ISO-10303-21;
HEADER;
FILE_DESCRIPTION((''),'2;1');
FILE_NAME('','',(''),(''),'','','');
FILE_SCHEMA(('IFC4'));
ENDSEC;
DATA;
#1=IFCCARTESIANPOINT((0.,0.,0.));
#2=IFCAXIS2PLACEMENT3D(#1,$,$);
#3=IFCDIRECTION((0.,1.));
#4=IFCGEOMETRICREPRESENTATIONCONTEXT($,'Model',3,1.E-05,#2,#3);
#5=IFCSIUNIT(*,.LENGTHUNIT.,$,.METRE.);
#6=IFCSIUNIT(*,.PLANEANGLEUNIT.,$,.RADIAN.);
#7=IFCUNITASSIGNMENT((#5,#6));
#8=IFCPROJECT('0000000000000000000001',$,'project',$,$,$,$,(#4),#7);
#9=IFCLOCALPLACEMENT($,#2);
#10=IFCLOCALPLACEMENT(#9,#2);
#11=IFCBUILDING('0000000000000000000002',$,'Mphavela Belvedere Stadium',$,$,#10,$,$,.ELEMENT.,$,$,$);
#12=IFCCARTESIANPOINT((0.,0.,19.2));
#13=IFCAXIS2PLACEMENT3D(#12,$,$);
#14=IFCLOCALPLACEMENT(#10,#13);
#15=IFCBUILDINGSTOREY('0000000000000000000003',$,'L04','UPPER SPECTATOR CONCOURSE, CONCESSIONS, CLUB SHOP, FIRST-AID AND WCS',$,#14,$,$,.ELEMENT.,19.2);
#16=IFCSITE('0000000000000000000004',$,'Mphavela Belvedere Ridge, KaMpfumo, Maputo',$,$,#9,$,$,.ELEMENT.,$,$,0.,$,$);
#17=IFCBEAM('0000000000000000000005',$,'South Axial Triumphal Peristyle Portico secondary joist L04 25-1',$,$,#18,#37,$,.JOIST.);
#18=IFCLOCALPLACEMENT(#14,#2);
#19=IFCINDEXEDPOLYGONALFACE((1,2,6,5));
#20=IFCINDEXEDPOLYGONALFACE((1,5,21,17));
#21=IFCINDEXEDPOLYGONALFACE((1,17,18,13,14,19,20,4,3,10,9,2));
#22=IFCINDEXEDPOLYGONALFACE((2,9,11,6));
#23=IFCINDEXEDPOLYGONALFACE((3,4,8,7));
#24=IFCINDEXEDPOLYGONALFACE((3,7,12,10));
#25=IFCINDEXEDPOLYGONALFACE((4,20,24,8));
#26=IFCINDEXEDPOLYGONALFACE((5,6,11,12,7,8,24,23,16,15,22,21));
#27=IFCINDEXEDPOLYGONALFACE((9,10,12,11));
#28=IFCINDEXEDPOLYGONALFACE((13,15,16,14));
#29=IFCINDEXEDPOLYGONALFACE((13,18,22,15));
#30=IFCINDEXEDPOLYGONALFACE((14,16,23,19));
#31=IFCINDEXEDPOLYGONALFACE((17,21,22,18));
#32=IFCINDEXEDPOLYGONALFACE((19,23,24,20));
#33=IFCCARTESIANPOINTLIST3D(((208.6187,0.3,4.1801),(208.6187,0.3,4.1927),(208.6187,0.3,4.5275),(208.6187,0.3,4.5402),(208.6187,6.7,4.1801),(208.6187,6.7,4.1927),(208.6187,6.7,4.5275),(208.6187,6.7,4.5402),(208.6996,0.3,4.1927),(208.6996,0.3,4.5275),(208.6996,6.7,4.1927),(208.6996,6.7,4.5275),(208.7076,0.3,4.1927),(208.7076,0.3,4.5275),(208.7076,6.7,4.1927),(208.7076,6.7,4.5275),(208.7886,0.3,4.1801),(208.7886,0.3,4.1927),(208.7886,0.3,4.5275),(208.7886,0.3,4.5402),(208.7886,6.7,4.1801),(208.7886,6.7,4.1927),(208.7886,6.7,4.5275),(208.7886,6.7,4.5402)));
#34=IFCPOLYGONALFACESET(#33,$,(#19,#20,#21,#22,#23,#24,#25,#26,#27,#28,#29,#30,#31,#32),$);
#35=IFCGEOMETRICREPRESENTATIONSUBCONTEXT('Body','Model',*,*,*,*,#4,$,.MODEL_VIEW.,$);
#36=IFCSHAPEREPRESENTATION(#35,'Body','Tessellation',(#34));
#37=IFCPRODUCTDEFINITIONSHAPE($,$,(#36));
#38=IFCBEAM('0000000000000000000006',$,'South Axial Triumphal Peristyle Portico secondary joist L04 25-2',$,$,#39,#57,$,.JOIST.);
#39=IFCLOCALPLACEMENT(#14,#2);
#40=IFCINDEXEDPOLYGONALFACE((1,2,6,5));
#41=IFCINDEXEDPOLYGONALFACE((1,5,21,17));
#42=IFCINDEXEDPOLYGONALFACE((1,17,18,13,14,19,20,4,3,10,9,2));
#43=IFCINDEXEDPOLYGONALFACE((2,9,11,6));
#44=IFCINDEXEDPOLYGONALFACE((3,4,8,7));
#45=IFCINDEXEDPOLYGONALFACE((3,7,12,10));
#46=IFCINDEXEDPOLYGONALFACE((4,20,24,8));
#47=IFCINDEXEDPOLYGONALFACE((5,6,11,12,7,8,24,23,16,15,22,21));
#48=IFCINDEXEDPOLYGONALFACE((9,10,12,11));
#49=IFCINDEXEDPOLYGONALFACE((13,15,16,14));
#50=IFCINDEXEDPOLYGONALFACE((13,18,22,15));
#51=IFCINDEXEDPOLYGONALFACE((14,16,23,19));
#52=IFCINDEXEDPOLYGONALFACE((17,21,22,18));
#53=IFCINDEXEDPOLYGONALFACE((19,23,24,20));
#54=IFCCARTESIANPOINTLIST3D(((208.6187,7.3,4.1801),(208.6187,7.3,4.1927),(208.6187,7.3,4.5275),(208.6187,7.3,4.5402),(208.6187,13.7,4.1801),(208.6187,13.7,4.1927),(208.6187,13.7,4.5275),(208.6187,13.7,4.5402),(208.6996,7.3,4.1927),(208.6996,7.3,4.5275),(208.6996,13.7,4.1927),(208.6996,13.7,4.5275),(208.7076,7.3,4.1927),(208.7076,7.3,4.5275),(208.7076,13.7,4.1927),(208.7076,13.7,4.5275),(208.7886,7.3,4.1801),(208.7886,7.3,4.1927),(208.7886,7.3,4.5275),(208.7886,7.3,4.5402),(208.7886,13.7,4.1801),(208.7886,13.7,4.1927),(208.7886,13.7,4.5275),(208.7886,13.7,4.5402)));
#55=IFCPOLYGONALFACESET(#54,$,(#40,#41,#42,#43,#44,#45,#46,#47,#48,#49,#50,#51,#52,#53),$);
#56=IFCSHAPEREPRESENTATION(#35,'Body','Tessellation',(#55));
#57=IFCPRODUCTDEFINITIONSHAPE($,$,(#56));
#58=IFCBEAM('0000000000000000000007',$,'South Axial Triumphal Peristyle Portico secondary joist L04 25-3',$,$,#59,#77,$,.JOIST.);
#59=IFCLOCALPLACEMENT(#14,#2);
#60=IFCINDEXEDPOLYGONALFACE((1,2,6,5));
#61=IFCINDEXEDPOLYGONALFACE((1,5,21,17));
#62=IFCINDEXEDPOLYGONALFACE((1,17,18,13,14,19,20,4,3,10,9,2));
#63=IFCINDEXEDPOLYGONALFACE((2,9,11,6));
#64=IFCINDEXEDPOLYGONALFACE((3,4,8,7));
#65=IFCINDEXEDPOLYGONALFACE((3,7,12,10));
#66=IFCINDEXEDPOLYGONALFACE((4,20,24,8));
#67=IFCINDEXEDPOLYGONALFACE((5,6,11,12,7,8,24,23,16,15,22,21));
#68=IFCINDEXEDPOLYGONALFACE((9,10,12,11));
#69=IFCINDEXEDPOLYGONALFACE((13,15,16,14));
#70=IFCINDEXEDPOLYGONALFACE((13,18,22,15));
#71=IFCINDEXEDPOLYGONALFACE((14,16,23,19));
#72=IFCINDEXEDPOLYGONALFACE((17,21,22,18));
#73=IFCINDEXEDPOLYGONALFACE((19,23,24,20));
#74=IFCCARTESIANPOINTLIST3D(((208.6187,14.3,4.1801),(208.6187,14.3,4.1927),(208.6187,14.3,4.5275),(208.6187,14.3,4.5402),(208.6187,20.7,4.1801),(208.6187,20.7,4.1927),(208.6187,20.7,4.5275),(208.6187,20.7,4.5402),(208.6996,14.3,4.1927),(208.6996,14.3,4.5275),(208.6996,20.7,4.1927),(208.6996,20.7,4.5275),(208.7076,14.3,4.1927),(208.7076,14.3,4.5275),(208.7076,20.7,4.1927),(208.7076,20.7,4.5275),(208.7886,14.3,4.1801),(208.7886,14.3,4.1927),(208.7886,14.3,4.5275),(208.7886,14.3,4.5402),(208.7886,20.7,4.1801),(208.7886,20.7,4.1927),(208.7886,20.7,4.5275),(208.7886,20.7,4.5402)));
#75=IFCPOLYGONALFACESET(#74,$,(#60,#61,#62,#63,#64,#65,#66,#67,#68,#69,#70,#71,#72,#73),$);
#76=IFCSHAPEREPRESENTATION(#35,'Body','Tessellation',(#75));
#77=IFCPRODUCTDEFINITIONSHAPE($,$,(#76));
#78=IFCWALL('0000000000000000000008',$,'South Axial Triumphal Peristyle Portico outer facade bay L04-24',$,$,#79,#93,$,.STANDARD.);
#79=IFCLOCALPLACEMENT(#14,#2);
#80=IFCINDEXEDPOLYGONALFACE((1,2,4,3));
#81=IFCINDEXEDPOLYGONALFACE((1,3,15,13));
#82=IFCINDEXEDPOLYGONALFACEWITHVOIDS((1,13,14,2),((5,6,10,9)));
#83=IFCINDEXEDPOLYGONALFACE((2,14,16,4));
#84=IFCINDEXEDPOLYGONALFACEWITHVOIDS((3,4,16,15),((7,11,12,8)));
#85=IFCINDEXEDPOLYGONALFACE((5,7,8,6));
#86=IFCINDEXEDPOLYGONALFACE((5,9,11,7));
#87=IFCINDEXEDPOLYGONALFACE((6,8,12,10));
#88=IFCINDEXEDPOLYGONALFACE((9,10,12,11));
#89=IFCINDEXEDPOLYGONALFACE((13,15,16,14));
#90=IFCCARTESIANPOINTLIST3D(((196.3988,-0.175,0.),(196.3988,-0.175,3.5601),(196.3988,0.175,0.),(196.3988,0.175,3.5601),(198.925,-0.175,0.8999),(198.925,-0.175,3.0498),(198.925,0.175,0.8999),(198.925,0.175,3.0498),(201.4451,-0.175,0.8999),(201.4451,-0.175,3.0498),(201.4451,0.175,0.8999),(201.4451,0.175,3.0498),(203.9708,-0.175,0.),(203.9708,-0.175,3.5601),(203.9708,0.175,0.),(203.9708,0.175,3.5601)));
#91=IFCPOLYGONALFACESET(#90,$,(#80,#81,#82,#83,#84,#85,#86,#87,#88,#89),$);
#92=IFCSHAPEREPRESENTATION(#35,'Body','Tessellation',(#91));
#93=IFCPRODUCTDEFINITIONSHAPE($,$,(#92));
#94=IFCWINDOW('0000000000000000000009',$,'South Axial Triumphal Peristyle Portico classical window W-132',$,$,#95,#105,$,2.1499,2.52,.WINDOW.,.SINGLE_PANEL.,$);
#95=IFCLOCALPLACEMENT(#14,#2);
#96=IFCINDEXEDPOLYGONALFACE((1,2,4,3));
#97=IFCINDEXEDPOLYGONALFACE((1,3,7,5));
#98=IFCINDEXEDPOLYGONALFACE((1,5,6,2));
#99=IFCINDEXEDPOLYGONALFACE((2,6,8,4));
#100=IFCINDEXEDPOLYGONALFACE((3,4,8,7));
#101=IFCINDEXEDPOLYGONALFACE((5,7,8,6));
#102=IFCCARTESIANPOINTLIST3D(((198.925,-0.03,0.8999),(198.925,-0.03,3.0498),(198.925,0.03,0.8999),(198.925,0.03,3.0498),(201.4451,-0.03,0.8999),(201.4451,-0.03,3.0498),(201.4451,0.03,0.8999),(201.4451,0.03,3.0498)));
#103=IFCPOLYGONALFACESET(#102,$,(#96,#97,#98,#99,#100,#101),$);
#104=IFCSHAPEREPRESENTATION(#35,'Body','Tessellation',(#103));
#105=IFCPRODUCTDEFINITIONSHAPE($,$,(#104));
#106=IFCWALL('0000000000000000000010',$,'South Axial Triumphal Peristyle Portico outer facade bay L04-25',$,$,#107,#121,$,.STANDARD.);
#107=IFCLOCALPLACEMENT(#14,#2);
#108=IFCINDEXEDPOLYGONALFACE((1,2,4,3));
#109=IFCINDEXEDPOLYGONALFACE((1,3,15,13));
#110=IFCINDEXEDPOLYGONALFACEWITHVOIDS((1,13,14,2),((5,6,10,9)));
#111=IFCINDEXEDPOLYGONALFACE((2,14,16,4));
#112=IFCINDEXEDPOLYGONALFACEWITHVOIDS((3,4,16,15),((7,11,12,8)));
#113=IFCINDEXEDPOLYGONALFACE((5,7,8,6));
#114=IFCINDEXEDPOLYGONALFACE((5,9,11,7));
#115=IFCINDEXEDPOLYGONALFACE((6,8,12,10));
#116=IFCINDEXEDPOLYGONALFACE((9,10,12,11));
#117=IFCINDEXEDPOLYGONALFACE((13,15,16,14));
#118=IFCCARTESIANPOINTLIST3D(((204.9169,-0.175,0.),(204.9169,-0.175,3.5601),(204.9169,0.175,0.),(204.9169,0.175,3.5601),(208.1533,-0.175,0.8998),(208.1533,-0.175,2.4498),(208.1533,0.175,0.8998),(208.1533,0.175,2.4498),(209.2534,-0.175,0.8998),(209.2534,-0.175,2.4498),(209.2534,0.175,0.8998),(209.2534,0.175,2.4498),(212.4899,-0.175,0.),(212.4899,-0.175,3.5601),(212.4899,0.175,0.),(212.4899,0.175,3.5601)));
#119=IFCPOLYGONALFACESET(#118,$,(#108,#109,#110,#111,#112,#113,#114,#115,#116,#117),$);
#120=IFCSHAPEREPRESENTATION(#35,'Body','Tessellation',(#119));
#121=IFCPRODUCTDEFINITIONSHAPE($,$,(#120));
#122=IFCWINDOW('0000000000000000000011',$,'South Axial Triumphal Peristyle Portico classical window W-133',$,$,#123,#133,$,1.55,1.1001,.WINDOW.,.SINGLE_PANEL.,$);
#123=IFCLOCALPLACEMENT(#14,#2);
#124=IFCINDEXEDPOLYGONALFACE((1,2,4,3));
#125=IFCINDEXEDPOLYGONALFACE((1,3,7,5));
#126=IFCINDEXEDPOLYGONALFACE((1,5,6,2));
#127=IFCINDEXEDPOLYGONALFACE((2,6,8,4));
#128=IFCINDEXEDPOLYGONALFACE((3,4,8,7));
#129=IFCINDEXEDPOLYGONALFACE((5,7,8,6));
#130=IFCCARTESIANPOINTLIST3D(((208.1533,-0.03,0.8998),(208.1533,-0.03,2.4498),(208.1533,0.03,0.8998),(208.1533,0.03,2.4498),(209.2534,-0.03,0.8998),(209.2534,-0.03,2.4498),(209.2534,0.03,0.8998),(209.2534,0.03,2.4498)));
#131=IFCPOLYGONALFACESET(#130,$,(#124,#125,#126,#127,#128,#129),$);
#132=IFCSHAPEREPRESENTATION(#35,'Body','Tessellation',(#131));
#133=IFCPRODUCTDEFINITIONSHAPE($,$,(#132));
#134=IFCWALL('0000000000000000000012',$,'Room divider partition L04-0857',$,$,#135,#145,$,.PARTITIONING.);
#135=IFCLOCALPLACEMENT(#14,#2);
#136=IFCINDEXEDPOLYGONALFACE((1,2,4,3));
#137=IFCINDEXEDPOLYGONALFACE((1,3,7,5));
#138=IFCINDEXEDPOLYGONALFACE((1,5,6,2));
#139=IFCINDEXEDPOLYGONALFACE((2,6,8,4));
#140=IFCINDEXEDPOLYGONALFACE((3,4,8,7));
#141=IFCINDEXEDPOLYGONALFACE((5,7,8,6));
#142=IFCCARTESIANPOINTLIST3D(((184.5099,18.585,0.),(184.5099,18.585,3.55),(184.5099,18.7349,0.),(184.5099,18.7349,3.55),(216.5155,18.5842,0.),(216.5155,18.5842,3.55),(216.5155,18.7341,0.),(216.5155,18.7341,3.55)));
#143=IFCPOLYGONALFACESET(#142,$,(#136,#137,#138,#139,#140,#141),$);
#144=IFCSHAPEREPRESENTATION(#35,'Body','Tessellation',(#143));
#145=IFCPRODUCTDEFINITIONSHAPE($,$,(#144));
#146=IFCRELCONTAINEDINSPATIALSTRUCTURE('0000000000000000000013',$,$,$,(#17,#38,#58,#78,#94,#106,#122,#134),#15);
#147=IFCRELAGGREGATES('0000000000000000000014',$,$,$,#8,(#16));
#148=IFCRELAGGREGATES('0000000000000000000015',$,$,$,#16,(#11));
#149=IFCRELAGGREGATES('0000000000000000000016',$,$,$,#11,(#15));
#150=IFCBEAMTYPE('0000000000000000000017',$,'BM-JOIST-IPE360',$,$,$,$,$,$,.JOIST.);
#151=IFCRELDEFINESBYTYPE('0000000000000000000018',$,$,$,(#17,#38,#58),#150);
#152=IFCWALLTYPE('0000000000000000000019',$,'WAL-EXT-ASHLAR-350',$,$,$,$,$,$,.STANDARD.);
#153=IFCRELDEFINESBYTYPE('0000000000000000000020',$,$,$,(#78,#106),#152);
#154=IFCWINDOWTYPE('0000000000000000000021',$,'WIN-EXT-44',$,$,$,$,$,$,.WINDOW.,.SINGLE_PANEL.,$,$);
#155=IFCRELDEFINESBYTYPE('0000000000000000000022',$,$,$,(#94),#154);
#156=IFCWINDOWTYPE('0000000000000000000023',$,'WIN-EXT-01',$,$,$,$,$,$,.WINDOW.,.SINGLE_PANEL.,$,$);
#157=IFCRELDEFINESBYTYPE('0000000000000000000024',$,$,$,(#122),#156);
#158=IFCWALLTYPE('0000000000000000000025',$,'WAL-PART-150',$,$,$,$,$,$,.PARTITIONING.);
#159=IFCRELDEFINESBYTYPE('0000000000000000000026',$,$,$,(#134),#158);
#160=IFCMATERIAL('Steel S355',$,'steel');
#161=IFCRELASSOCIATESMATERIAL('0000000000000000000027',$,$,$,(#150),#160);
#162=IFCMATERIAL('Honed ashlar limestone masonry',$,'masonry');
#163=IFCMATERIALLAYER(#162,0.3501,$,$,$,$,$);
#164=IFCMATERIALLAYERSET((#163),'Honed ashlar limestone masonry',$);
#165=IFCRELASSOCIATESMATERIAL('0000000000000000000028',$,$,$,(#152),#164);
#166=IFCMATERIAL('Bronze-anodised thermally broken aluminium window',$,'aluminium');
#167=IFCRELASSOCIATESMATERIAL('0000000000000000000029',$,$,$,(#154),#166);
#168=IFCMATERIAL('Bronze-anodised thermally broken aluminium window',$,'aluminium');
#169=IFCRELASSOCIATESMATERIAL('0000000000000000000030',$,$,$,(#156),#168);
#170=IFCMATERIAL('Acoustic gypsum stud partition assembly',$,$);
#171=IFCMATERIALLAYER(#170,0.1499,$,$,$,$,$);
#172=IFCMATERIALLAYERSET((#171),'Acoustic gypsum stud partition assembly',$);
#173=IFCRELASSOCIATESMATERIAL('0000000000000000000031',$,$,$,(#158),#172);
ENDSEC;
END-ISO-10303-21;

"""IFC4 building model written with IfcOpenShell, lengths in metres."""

from ifc_helpers import new_model, si_unit, direction, frame, frame_2d, origin, origin_2d, place, context, subcontext, project, spatial, rectangle, i_section, extrude, material, layer, layer_set, material_profile, profile_set, type_object, element, fill, save


model = new_model("IFC4")

# Units and contexts
model_context = context("Model", 3, precision=1e-05, world=origin(), true_north=direction((0.0, 1.0)))
body_context = subcontext(model_context, "Body", "Model", "MODEL_VIEW")
ifc_project = project(units=[si_unit("LENGTHUNIT", "METRE"), si_unit("PLANEANGLEUNIT", "RADIAN")], contexts=[model_context])

# Site, building, storey
site_placement = place(None, origin())
site = spatial("IfcSite", under=ifc_project, at=site_placement, Name="Mphavela Belvedere Ridge, KaMpfumo, Maputo", CompositionType="ELEMENT", RefElevation=0.0)
building_placement = place(site_placement, origin())
building = spatial("IfcBuilding", under=site, at=building_placement, Name="Mphavela Belvedere Stadium", CompositionType="ELEMENT")
storey_placement = place(building_placement, frame((0.0, 0.0, 19.2)))
storey = spatial("IfcBuildingStorey", under=building, at=storey_placement, Name="L04", Description="UPPER SPECTATOR CONCOURSE, CONCESSIONS, CLUB SHOP, FIRST-AID AND WCS", CompositionType="ELEMENT", Elevation=19.2)

# Beams
ifc_material_1 = material(Name="Steel S355", Category="steel")
ifc_material_profile_1 = material_profile(ifc_material_1, i_section(OverallWidth=0.1699, OverallDepth=0.3601, WebThickness=0.0081, FlangeThickness=0.0127, at=origin_2d()), Name="IPE 360")
ifc_profile_set_1 = profile_set([ifc_material_profile_1], Name="Steel S355")
beam_type_1 = type_object("IfcBeamType", Name="BM-JOIST-IPE360", PredefinedType="JOIST", material=ifc_profile_set_1)
for number, where, z_axis, x_axis, name in (
    (1, (208.7036, 0.3, 4.3601), (0.0, 1.0, 0.0), (-1.0, 0.0, 0.0), "South Axial Triumphal Peristyle Portico secondary joist L04 25-1"),
    (2, (208.7036, 7.3, 4.3601), (0.0, 1.0, 0.0), (-1.0, 0.0, 0.0), "South Axial Triumphal Peristyle Portico secondary joist L04 25-2"),
    (3, (208.7036, 14.3, 4.3601), (0.0, 1.0, 0.0), (-1.0, 0.0, 0.0), "South Axial Triumphal Peristyle Portico secondary joist L04 25-3"),
):
    element("IfcBeam", number, at=place(storey_placement, frame(where, z_axis=z_axis, x_axis=x_axis)), inside=storey, type_object=beam_type_1, Name=name, PredefinedType="JOIST", context=body_context, shape_type="SweptSolid", body=[
        extrude(i_section(OverallWidth=0.1699, OverallDepth=0.3601, WebThickness=0.0081, FlangeThickness=0.0127, at=origin_2d()), origin(), (0.0, 0.0, 1.0), 6.3999),
    ])

# Walls, openings, windows
ifc_material_2 = material(Name="Honed ashlar limestone masonry", Category="masonry")
ifc_layer_1 = layer(ifc_material_2, 0.3501)
ifc_layer_set_1 = layer_set([ifc_layer_1], Name="Honed ashlar limestone masonry")
wall_type_1 = type_object("IfcWallType", Name="WAL-EXT-ASHLAR-350", PredefinedType="STANDARD", material=ifc_layer_set_1)
wall_1_placement = place(storey_placement, frame((203.9709, 0.0, 0.0), z_axis=(0.0, 0.0, 1.0), x_axis=(-1.0, 0.0, 0.0)))
wall_1 = element("IfcWall", 4, at=wall_1_placement, inside=storey, type_object=wall_type_1, Name="South Axial Triumphal Peristyle Portico outer facade bay L04-24", PredefinedType="STANDARD", context=body_context, shape_type="SweptSolid", body=[
    extrude(rectangle(XDim=7.572, YDim=0.3501, at=frame_2d((3.7861, 0.0))), origin(), (0.0, 0.0, 1.0), 3.5601),
])
opening_1_placement = place(wall_1_placement, frame((2.5259, 0.0, 0.8999)))
opening_1 = element("IfcOpeningElement", 5, at=opening_1_placement, cuts=wall_1, PredefinedType="OPENING", context=body_context, shape_type="SweptSolid", body=[
    extrude(rectangle(XDim=2.52, YDim=2.1499, at=frame_2d((1.26, 1.075))), frame((0.0, 0.1851, 0.0), z_axis=(0.0, -1.0, 0.0), x_axis=(1.0, 0.0, 0.0)), (0.0, 0.0, 1.0), 0.3701),
])
ifc_material_3 = material(Name="Bronze-anodised thermally broken aluminium window", Category="aluminium")
window_type_1 = type_object("IfcWindowType", Name="WIN-EXT-44", PartitioningType="SINGLE_PANEL", PredefinedType="WINDOW", material=ifc_material_3)
window_1_placement = place(opening_1_placement, origin())
window_1 = element("IfcWindow", 6, at=window_1_placement, inside=storey, type_object=window_type_1, Name="South Axial Triumphal Peristyle Portico classical window W-132", OverallHeight=2.1499, OverallWidth=2.52, PartitioningType="SINGLE_PANEL", PredefinedType="WINDOW", context=body_context, shape_type="SweptSolid", body=[
    extrude(rectangle(XDim=2.52, YDim=2.1499, at=frame_2d((1.26, 1.075))), frame((0.0, 0.03, 0.0), z_axis=(0.0, -1.0, 0.0), x_axis=(1.0, 0.0, 0.0)), (0.0, 0.0, 1.0), 0.0601),
])
fill(opening_1, window_1)
wall_2_placement = place(storey_placement, frame((212.49, 0.0, 0.0), z_axis=(0.0, 0.0, 1.0), x_axis=(-1.0, 0.0, 0.0)))
wall_2 = element("IfcWall", 7, at=wall_2_placement, inside=storey, type_object=wall_type_1, Name="South Axial Triumphal Peristyle Portico outer facade bay L04-25", PredefinedType="STANDARD", context=body_context, shape_type="SweptSolid", body=[
    extrude(rectangle(XDim=7.573, YDim=0.3501, at=frame_2d((3.7866, 0.0))), origin(), (0.0, 0.0, 1.0), 3.5601),
])
opening_2_placement = place(wall_2_placement, frame((3.2366, 0.0, 0.8999)))
opening_2 = element("IfcOpeningElement", 8, at=opening_2_placement, cuts=wall_2, PredefinedType="OPENING", context=body_context, shape_type="SweptSolid", body=[
    extrude(rectangle(XDim=1.1001, YDim=1.55, at=frame_2d((0.55, 0.7749))), frame((0.0, 0.1851, 0.0), z_axis=(0.0, -1.0, 0.0), x_axis=(1.0, 0.0, 0.0)), (0.0, 0.0, 1.0), 0.3701),
])
ifc_material_4 = material(Name="Bronze-anodised thermally broken aluminium window", Category="aluminium")
window_type_2 = type_object("IfcWindowType", Name="WIN-EXT-01", PartitioningType="SINGLE_PANEL", PredefinedType="WINDOW", material=ifc_material_4)
window_2_placement = place(opening_2_placement, origin())
window_2 = element("IfcWindow", 9, at=window_2_placement, inside=storey, type_object=window_type_2, Name="South Axial Triumphal Peristyle Portico classical window W-133", OverallHeight=1.55, OverallWidth=1.1001, PartitioningType="SINGLE_PANEL", PredefinedType="WINDOW", context=body_context, shape_type="SweptSolid", body=[
    extrude(rectangle(XDim=1.1001, YDim=1.55, at=frame_2d((0.55, 0.7749))), frame((0.0, 0.03, 0.0), z_axis=(0.0, -1.0, 0.0), x_axis=(1.0, 0.0, 0.0)), (0.0, 0.0, 1.0), 0.0601),
])
fill(opening_2, window_2)

# Wall
ifc_material_5 = material(Name="Acoustic gypsum stud partition assembly")
ifc_layer_2 = layer(ifc_material_5, 0.1499)
ifc_layer_set_2 = layer_set([ifc_layer_2], Name="Acoustic gypsum stud partition assembly")
wall_type_2 = type_object("IfcWallType", Name="WAL-PART-150", PredefinedType="PARTITIONING", material=ifc_layer_set_2)
wall_3_placement = place(storey_placement, frame((216.5156, 18.6592, 0.0), z_axis=(0.0, 0.0, 1.0), x_axis=(-1.0, 0.000023, 0.0)))
element("IfcWall", 10, at=wall_3_placement, inside=storey, type_object=wall_type_2, Name="Room divider partition L04-0857", PredefinedType="PARTITIONING", context=body_context, shape_type="SweptSolid", body=[
    extrude(rectangle(XDim=32.0056, YDim=0.1499, at=frame_2d((16.0029, 0.0))), origin(), (0.0, 0.0, 1.0), 3.55),
])

save(model, "model.ifc")
